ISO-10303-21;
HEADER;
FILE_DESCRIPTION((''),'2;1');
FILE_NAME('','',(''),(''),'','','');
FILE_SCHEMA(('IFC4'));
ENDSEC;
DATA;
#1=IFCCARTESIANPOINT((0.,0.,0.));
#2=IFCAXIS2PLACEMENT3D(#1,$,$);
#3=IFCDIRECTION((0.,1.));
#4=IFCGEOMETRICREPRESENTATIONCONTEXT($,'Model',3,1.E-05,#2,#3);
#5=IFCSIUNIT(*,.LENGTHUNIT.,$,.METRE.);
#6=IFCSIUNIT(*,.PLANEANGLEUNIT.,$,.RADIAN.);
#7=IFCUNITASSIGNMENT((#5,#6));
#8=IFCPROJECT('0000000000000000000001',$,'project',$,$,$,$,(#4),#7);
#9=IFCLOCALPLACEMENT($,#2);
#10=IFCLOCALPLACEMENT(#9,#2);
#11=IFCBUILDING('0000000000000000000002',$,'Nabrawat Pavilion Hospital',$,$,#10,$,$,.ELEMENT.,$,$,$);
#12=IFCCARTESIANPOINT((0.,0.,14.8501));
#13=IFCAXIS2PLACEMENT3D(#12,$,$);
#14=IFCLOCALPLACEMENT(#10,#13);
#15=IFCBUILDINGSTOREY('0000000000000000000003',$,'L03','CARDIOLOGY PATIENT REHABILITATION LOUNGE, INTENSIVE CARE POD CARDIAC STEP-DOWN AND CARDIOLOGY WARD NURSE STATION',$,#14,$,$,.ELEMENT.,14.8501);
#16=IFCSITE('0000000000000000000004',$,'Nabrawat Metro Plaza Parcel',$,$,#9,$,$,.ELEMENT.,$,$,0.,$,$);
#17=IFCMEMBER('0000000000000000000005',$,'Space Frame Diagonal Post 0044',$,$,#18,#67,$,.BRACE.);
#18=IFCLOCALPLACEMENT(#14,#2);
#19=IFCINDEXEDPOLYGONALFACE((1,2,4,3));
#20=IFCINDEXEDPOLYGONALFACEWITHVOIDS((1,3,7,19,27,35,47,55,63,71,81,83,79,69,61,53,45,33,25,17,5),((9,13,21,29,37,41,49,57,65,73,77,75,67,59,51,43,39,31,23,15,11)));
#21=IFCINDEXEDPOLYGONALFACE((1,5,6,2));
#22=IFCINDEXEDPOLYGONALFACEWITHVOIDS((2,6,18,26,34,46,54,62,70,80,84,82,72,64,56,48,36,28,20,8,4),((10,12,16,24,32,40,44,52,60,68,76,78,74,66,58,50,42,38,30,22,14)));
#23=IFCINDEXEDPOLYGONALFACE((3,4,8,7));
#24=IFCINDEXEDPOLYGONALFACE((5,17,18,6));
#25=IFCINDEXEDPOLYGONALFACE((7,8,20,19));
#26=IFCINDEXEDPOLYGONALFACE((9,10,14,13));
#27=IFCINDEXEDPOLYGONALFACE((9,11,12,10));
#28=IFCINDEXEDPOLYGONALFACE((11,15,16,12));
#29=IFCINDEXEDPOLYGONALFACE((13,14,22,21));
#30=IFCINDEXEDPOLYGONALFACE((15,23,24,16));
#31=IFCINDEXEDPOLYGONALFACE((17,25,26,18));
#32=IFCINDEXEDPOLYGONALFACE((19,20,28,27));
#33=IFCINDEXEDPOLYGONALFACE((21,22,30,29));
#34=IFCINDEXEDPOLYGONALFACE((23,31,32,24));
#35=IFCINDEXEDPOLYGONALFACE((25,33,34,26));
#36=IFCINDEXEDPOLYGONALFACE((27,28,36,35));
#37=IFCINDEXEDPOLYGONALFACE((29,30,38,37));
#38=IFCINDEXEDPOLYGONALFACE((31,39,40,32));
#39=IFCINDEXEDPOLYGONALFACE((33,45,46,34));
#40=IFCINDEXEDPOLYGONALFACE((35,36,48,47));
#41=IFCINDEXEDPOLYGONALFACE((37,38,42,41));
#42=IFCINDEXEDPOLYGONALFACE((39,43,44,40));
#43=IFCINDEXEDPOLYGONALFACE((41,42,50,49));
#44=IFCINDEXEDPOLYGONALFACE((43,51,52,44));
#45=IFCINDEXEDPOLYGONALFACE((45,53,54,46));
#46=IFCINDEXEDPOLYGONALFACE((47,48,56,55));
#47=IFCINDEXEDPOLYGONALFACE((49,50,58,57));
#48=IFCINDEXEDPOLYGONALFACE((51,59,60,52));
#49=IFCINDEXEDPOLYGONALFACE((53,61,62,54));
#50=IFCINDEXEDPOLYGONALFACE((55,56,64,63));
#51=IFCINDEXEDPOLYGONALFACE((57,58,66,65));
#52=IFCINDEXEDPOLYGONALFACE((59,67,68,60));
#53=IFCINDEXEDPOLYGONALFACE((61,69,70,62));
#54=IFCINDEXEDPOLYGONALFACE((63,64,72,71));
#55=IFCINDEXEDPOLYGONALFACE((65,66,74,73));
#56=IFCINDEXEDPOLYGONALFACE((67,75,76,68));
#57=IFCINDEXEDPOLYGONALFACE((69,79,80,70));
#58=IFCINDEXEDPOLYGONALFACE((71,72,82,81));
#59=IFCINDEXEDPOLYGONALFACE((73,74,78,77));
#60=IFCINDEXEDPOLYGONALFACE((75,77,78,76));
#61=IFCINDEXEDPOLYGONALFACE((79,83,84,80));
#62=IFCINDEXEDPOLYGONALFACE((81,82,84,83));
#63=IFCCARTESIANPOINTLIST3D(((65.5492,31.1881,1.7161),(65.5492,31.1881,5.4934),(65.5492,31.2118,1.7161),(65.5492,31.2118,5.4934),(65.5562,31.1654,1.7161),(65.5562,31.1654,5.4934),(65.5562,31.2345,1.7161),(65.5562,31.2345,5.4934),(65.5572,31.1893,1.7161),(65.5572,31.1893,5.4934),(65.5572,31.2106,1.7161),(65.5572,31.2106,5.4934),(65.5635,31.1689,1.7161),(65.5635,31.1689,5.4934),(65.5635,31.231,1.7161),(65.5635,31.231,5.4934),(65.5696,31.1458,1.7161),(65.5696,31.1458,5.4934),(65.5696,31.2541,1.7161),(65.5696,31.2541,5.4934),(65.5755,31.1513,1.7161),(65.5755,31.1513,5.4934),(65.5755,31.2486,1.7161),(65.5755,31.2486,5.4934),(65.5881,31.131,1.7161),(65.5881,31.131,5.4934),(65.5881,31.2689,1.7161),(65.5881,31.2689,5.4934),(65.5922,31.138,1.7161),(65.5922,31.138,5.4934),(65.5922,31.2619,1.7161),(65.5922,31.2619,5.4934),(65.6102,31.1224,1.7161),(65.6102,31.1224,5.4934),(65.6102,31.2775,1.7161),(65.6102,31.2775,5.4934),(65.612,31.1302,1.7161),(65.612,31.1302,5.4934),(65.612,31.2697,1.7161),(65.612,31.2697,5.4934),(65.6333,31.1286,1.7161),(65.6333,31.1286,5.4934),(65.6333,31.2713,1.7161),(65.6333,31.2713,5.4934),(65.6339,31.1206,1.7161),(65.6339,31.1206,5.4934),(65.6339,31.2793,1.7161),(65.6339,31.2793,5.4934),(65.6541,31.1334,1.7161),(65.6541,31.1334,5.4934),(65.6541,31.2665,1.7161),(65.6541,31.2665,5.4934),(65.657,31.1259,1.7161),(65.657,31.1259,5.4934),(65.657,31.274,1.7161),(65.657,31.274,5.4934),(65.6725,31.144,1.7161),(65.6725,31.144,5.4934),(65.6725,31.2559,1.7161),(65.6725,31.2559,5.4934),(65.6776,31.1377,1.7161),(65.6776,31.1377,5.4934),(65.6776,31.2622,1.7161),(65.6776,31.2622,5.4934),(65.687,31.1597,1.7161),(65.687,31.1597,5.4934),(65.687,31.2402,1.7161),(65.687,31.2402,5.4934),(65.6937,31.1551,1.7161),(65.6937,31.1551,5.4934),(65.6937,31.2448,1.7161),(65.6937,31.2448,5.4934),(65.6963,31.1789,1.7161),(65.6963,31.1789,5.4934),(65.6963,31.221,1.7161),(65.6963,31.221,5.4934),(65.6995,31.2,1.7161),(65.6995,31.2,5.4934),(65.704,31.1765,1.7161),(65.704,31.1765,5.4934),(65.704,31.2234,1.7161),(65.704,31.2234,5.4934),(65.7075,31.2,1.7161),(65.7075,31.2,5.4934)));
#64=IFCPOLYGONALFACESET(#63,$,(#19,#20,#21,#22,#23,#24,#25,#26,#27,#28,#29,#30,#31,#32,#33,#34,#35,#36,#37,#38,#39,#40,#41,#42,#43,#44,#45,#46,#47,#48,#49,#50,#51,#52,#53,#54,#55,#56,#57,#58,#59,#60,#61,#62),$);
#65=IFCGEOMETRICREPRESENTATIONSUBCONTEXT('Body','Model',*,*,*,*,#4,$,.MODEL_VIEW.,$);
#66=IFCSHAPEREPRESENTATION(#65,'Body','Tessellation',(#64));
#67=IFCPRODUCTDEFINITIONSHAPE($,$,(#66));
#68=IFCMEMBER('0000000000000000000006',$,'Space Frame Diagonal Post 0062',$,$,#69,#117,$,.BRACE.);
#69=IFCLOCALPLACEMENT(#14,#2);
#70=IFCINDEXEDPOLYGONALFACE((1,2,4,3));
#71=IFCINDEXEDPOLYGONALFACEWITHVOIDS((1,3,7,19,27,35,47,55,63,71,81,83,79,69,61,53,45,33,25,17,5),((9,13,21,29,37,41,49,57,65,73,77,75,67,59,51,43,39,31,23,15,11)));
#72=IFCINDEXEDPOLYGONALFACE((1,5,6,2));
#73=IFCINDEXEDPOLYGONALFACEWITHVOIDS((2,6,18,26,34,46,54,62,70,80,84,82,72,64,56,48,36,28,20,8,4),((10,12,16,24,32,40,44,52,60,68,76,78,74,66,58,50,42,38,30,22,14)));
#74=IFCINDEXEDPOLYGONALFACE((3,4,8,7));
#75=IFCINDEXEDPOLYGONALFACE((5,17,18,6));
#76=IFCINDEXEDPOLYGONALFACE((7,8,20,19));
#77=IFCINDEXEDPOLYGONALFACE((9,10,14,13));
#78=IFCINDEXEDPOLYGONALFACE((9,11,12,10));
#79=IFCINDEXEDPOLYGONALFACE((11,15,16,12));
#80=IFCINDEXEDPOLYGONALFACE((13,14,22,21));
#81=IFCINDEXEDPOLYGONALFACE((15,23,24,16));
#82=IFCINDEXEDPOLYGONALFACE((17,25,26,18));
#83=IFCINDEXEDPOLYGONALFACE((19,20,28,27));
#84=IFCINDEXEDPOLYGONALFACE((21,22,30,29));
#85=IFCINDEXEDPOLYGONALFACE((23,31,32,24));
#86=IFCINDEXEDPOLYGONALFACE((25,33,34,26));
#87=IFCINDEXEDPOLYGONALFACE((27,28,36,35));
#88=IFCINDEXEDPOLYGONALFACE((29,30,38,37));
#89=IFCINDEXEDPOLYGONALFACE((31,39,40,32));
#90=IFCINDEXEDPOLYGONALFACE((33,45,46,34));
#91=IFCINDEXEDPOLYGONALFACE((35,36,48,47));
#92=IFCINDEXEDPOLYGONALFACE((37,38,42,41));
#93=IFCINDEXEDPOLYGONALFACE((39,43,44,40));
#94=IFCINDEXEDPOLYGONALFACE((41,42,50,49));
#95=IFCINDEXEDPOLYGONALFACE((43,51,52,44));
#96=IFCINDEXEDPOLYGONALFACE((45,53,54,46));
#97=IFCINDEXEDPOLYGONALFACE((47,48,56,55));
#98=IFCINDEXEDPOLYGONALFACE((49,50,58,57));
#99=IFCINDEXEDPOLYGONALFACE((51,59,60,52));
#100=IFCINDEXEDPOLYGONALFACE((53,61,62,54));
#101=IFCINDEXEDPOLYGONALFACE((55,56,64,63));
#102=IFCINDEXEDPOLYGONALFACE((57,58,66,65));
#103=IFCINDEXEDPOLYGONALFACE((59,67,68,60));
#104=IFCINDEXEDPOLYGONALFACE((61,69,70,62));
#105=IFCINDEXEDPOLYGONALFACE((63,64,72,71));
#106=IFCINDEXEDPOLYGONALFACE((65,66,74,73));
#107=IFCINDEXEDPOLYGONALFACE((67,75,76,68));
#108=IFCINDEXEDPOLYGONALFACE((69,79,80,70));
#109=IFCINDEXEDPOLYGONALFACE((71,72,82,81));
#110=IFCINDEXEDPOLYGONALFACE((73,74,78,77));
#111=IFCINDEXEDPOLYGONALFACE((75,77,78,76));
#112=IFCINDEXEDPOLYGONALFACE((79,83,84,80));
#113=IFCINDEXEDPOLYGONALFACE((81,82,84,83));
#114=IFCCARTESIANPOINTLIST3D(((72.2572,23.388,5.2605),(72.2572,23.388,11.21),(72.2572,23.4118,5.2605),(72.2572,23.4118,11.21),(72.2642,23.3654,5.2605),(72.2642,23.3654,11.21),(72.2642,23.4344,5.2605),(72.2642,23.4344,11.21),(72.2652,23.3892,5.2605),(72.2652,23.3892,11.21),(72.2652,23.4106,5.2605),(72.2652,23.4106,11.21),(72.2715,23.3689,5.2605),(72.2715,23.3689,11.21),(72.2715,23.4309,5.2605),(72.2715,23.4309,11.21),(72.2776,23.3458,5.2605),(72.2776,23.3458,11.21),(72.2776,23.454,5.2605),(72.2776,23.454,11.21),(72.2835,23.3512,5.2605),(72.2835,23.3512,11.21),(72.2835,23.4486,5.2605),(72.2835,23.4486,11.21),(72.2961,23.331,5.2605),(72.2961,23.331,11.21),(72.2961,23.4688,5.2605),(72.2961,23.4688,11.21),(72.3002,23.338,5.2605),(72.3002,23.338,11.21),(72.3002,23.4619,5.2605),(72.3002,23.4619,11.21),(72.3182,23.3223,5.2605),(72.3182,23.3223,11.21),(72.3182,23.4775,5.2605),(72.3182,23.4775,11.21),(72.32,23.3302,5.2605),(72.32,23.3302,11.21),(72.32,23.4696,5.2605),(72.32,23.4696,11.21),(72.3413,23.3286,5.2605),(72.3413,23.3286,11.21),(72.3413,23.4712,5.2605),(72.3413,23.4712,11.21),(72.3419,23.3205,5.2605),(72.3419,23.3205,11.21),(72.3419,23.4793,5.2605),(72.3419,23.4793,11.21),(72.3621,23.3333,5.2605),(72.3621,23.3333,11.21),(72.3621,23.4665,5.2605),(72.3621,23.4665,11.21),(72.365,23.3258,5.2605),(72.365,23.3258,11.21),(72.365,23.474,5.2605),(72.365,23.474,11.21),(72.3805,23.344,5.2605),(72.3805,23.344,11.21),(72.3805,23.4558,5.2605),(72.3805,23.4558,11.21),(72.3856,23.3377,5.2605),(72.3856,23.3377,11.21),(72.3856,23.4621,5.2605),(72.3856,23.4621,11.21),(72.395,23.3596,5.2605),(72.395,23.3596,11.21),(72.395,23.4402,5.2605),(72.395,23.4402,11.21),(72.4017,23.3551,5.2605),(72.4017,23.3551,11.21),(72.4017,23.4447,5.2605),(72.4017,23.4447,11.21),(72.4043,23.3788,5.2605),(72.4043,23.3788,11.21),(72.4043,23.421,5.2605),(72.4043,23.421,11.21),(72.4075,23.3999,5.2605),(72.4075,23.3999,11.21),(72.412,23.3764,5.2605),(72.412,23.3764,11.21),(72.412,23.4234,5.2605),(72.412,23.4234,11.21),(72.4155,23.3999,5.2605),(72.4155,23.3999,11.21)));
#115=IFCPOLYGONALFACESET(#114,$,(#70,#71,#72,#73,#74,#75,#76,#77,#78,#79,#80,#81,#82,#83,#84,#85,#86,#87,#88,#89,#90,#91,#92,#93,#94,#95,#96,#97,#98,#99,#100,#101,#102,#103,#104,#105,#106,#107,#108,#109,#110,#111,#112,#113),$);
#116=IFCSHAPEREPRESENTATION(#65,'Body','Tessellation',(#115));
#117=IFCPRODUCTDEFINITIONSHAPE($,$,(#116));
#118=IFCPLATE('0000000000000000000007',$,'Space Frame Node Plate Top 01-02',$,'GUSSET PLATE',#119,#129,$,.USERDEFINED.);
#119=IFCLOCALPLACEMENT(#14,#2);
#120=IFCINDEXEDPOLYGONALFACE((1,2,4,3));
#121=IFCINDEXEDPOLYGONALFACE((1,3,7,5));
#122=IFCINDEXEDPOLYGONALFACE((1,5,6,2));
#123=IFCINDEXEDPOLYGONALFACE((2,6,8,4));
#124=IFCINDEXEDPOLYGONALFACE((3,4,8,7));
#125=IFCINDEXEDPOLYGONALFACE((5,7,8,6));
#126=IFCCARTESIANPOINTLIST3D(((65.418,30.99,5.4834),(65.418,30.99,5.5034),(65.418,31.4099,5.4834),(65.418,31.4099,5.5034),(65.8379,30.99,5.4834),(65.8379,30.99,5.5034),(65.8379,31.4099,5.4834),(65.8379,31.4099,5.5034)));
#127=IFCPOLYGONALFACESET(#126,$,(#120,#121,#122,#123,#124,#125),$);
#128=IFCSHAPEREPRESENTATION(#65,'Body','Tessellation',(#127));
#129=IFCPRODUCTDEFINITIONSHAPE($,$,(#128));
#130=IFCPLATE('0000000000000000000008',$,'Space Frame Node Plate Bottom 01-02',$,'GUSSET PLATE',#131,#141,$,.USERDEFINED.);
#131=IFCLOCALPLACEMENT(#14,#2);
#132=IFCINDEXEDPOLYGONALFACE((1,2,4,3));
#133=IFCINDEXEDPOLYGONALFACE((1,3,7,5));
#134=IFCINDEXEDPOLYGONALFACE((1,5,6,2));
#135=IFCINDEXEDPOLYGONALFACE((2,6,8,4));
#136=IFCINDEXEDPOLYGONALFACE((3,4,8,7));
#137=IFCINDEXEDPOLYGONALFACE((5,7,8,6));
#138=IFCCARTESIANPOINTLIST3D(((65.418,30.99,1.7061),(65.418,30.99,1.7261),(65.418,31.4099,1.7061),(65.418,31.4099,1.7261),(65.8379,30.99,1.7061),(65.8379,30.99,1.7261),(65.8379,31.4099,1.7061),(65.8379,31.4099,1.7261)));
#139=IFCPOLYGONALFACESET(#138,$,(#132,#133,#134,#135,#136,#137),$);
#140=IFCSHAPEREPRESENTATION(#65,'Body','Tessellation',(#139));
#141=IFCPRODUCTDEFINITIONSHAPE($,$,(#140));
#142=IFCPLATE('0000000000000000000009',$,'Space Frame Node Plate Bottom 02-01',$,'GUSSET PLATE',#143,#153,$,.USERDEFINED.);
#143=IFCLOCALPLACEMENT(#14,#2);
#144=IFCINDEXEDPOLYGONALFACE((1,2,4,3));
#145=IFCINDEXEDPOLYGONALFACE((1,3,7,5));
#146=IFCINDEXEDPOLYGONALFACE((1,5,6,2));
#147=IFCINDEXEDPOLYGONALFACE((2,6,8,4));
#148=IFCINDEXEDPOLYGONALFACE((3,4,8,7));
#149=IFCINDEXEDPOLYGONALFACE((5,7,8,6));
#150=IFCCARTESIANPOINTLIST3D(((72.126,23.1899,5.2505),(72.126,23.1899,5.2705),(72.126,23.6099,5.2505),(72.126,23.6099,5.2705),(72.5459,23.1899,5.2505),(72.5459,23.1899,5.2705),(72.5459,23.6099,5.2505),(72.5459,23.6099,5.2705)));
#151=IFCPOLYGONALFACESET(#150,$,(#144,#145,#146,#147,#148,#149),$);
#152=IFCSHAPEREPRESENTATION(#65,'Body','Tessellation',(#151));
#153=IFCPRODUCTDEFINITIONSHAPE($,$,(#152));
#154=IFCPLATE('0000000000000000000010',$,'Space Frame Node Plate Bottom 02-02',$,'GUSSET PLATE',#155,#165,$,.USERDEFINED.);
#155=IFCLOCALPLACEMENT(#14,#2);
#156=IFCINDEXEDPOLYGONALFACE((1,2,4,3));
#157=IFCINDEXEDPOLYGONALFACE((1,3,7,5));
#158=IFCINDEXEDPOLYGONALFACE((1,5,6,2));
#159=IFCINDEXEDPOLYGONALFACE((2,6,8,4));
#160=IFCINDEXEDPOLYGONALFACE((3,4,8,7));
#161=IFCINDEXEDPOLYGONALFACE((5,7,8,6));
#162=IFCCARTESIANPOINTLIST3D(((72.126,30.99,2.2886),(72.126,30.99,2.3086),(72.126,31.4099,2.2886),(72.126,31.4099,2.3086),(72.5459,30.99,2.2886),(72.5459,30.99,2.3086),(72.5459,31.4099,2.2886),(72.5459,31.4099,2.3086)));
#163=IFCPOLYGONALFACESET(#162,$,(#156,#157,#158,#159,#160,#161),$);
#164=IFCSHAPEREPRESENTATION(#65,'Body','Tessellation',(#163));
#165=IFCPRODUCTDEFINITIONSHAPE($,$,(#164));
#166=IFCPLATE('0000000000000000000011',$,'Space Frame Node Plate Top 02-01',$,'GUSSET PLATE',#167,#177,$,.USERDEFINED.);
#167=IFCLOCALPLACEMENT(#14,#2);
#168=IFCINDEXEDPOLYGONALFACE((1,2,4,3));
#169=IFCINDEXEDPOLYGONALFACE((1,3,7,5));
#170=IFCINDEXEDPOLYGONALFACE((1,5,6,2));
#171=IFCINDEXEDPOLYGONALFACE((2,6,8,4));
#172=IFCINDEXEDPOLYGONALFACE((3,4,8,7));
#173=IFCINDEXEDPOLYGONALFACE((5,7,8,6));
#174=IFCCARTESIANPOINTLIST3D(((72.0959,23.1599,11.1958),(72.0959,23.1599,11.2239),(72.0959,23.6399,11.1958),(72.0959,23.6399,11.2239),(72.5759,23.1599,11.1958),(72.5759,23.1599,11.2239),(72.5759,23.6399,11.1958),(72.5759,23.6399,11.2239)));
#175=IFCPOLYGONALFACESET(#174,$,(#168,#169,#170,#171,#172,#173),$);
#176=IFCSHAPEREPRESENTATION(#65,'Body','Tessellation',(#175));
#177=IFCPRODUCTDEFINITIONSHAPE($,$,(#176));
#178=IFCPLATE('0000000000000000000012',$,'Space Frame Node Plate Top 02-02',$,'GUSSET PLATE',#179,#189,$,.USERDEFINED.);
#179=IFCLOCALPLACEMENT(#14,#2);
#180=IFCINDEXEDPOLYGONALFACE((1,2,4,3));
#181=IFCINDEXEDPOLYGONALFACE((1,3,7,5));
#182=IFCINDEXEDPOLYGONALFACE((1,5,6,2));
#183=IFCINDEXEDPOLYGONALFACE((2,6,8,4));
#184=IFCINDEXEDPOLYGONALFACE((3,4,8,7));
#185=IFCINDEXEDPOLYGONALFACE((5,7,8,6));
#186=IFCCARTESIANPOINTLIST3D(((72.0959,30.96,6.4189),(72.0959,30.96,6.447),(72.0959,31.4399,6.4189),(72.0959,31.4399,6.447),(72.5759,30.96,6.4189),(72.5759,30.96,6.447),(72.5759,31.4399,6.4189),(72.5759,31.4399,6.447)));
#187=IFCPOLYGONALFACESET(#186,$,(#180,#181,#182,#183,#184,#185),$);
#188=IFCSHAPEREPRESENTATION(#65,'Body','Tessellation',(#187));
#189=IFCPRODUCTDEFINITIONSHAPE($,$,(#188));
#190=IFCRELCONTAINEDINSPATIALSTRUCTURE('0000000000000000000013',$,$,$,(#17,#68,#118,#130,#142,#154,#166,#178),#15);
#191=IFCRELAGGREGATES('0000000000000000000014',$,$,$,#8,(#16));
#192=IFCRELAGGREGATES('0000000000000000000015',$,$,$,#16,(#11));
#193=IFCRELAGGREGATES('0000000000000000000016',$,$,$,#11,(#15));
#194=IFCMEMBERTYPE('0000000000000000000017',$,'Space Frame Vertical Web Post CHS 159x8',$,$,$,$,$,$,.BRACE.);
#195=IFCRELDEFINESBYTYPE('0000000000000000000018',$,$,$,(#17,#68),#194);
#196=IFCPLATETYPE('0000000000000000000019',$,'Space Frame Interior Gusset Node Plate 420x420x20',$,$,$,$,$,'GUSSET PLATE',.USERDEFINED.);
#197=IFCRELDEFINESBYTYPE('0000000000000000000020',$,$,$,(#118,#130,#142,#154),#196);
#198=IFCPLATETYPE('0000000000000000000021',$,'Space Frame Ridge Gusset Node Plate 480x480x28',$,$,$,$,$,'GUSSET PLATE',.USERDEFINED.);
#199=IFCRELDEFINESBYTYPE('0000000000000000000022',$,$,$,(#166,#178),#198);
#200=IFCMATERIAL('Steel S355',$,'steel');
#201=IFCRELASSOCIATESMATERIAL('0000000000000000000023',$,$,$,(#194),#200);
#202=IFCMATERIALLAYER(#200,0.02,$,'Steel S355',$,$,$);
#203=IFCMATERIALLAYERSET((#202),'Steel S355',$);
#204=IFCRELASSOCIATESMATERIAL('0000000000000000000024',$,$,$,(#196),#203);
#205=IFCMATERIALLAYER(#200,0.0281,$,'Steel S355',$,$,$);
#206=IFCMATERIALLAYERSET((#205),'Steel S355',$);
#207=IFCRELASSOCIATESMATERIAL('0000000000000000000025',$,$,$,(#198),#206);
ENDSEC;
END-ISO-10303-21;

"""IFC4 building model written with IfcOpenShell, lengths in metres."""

from ifc_helpers import new_model, si_unit, direction, frame, origin, origin_2d, place, context, subcontext, project, spatial, rectangle, hollow_circle, extrude, material, layer, layer_set, material_profile, profile_set, type_object, element, save


model = new_model("IFC4")

# Units and contexts
model_context = context("Model", 3, precision=1e-05, world=origin(), true_north=direction((0.0, 1.0)))
body_context = subcontext(model_context, "Body", "Model", "MODEL_VIEW")
ifc_project = project(units=[si_unit("LENGTHUNIT", "METRE"), si_unit("PLANEANGLEUNIT", "RADIAN")], contexts=[model_context])

# Site, building, storey
site_placement = place(None, origin())
site = spatial("IfcSite", under=ifc_project, at=site_placement, Name="Nabrawat Metro Plaza Parcel", CompositionType="ELEMENT", RefElevation=0.0)
building_placement = place(site_placement, origin())
building = spatial("IfcBuilding", under=site, at=building_placement, Name="Nabrawat Pavilion Hospital", CompositionType="ELEMENT")
storey_placement = place(building_placement, frame((0.0, 0.0, 14.8501)))
storey = spatial("IfcBuildingStorey", under=building, at=storey_placement, Name="L03", Description="CARDIOLOGY PATIENT REHABILITATION LOUNGE, INTENSIVE CARE POD CARDIAC STEP-DOWN AND CARDIOLOGY WARD NURSE STATION", CompositionType="ELEMENT", Elevation=14.8501)

# Members
ifc_material = material(Name="Steel S355", Category="steel")
ifc_material_profile_1 = material_profile(ifc_material, hollow_circle(Radius=0.0796, WallThickness=0.0081, at=origin_2d()), Name="CHS 159x8")
ifc_profile_set_1 = profile_set([ifc_material_profile_1], Name="Steel S355")
member_type_1 = type_object("IfcMemberType", Name="Space Frame Vertical Web Post CHS 159x8", PredefinedType="BRACE", material=ifc_profile_set_1)
for number, where, z_axis, x_axis, name in (
    (1, (65.6279, 31.2, 1.7161), (0.0, 0.0, 1.0), (1.0, 0.0, 0.0), "Space Frame Diagonal Post 0044"),
):
    element("IfcMember", number, at=place(storey_placement, frame(where, z_axis=z_axis, x_axis=x_axis)), inside=storey, type_object=member_type_1, Name=name, PredefinedType="BRACE", context=body_context, shape_type="SweptSolid", body=[
        extrude(hollow_circle(Radius=0.0796, WallThickness=0.0081, at=origin_2d()), origin(), (0.0, 0.0, 1.0), 3.7773),
    ])
member_1_placement = place(storey_placement, frame((72.3359, 23.3999, 5.2605), z_axis=(0.0, 0.0, 1.0), x_axis=(1.0, 0.0, 0.0)))
element("IfcMember", 2, at=member_1_placement, inside=storey, type_object=member_type_1, Name="Space Frame Diagonal Post 0062", PredefinedType="BRACE", context=body_context, shape_type="SweptSolid", body=[
    extrude(hollow_circle(Radius=0.0796, WallThickness=0.0081, at=origin_2d()), origin(), (0.0, 0.0, 1.0), 5.9495),
])

# Plates
ifc_layer_1 = layer(ifc_material, 0.02, Name="Steel S355")
ifc_layer_set_1 = layer_set([ifc_layer_1], Name="Steel S355")
plate_type_1 = type_object("IfcPlateType", Name="Space Frame Interior Gusset Node Plate 420x420x20", ElementType="GUSSET PLATE", PredefinedType="USERDEFINED", material=ifc_layer_set_1)
for number, where, z_axis, x_axis, name in (
    (3, (65.6279, 31.2, 5.4834), (0.0, 0.0, 1.0), (1.0, 0.0, 0.0), "Space Frame Node Plate Top 01-02"),
    (4, (65.6279, 31.2, 1.7061), (0.0, 0.0, 1.0), (1.0, 0.0, 0.0), "Space Frame Node Plate Bottom 01-02"),
    (5, (72.3359, 23.3999, 5.2505), (0.0, 0.0, 1.0), (1.0, 0.0, 0.0), "Space Frame Node Plate Bottom 02-01"),
    (6, (72.3359, 31.2, 2.2886), (0.0, 0.0, 1.0), (1.0, 0.0, 0.0), "Space Frame Node Plate Bottom 02-02"),
):
    element("IfcPlate", number, at=place(storey_placement, frame(where, z_axis=z_axis, x_axis=x_axis)), inside=storey, type_object=plate_type_1, Name=name, ObjectType="GUSSET PLATE", PredefinedType="USERDEFINED", context=body_context, shape_type="SweptSolid", body=[
        extrude(rectangle(XDim=0.4199, YDim=0.4199, at=origin_2d()), origin(), (0.0, 0.0, 1.0), 0.02),
    ])
ifc_layer_2 = layer(ifc_material, 0.0281, Name="Steel S355")
ifc_layer_set_2 = layer_set([ifc_layer_2], Name="Steel S355")
plate_type_2 = type_object("IfcPlateType", Name="Space Frame Ridge Gusset Node Plate 480x480x28", ElementType="GUSSET PLATE", PredefinedType="USERDEFINED", material=ifc_layer_set_2)
for number, where, z_axis, x_axis, name in (
    (7, (72.3359, 23.3999, 11.1958), (0.0, 0.0, 1.0), (1.0, 0.0, 0.0), "Space Frame Node Plate Top 02-01"),
    (8, (72.3359, 31.2, 6.4189), (0.0, 0.0, 1.0), (1.0, 0.0, 0.0), "Space Frame Node Plate Top 02-02"),
):
    element("IfcPlate", number, at=place(storey_placement, frame(where, z_axis=z_axis, x_axis=x_axis)), inside=storey, type_object=plate_type_2, Name=name, ObjectType="GUSSET PLATE", PredefinedType="USERDEFINED", context=body_context, shape_type="SweptSolid", body=[
        extrude(rectangle(XDim=0.48, YDim=0.48, at=origin_2d()), origin(), (0.0, 0.0, 1.0), 0.0281),
    ])

save(model, "model.ifc")
